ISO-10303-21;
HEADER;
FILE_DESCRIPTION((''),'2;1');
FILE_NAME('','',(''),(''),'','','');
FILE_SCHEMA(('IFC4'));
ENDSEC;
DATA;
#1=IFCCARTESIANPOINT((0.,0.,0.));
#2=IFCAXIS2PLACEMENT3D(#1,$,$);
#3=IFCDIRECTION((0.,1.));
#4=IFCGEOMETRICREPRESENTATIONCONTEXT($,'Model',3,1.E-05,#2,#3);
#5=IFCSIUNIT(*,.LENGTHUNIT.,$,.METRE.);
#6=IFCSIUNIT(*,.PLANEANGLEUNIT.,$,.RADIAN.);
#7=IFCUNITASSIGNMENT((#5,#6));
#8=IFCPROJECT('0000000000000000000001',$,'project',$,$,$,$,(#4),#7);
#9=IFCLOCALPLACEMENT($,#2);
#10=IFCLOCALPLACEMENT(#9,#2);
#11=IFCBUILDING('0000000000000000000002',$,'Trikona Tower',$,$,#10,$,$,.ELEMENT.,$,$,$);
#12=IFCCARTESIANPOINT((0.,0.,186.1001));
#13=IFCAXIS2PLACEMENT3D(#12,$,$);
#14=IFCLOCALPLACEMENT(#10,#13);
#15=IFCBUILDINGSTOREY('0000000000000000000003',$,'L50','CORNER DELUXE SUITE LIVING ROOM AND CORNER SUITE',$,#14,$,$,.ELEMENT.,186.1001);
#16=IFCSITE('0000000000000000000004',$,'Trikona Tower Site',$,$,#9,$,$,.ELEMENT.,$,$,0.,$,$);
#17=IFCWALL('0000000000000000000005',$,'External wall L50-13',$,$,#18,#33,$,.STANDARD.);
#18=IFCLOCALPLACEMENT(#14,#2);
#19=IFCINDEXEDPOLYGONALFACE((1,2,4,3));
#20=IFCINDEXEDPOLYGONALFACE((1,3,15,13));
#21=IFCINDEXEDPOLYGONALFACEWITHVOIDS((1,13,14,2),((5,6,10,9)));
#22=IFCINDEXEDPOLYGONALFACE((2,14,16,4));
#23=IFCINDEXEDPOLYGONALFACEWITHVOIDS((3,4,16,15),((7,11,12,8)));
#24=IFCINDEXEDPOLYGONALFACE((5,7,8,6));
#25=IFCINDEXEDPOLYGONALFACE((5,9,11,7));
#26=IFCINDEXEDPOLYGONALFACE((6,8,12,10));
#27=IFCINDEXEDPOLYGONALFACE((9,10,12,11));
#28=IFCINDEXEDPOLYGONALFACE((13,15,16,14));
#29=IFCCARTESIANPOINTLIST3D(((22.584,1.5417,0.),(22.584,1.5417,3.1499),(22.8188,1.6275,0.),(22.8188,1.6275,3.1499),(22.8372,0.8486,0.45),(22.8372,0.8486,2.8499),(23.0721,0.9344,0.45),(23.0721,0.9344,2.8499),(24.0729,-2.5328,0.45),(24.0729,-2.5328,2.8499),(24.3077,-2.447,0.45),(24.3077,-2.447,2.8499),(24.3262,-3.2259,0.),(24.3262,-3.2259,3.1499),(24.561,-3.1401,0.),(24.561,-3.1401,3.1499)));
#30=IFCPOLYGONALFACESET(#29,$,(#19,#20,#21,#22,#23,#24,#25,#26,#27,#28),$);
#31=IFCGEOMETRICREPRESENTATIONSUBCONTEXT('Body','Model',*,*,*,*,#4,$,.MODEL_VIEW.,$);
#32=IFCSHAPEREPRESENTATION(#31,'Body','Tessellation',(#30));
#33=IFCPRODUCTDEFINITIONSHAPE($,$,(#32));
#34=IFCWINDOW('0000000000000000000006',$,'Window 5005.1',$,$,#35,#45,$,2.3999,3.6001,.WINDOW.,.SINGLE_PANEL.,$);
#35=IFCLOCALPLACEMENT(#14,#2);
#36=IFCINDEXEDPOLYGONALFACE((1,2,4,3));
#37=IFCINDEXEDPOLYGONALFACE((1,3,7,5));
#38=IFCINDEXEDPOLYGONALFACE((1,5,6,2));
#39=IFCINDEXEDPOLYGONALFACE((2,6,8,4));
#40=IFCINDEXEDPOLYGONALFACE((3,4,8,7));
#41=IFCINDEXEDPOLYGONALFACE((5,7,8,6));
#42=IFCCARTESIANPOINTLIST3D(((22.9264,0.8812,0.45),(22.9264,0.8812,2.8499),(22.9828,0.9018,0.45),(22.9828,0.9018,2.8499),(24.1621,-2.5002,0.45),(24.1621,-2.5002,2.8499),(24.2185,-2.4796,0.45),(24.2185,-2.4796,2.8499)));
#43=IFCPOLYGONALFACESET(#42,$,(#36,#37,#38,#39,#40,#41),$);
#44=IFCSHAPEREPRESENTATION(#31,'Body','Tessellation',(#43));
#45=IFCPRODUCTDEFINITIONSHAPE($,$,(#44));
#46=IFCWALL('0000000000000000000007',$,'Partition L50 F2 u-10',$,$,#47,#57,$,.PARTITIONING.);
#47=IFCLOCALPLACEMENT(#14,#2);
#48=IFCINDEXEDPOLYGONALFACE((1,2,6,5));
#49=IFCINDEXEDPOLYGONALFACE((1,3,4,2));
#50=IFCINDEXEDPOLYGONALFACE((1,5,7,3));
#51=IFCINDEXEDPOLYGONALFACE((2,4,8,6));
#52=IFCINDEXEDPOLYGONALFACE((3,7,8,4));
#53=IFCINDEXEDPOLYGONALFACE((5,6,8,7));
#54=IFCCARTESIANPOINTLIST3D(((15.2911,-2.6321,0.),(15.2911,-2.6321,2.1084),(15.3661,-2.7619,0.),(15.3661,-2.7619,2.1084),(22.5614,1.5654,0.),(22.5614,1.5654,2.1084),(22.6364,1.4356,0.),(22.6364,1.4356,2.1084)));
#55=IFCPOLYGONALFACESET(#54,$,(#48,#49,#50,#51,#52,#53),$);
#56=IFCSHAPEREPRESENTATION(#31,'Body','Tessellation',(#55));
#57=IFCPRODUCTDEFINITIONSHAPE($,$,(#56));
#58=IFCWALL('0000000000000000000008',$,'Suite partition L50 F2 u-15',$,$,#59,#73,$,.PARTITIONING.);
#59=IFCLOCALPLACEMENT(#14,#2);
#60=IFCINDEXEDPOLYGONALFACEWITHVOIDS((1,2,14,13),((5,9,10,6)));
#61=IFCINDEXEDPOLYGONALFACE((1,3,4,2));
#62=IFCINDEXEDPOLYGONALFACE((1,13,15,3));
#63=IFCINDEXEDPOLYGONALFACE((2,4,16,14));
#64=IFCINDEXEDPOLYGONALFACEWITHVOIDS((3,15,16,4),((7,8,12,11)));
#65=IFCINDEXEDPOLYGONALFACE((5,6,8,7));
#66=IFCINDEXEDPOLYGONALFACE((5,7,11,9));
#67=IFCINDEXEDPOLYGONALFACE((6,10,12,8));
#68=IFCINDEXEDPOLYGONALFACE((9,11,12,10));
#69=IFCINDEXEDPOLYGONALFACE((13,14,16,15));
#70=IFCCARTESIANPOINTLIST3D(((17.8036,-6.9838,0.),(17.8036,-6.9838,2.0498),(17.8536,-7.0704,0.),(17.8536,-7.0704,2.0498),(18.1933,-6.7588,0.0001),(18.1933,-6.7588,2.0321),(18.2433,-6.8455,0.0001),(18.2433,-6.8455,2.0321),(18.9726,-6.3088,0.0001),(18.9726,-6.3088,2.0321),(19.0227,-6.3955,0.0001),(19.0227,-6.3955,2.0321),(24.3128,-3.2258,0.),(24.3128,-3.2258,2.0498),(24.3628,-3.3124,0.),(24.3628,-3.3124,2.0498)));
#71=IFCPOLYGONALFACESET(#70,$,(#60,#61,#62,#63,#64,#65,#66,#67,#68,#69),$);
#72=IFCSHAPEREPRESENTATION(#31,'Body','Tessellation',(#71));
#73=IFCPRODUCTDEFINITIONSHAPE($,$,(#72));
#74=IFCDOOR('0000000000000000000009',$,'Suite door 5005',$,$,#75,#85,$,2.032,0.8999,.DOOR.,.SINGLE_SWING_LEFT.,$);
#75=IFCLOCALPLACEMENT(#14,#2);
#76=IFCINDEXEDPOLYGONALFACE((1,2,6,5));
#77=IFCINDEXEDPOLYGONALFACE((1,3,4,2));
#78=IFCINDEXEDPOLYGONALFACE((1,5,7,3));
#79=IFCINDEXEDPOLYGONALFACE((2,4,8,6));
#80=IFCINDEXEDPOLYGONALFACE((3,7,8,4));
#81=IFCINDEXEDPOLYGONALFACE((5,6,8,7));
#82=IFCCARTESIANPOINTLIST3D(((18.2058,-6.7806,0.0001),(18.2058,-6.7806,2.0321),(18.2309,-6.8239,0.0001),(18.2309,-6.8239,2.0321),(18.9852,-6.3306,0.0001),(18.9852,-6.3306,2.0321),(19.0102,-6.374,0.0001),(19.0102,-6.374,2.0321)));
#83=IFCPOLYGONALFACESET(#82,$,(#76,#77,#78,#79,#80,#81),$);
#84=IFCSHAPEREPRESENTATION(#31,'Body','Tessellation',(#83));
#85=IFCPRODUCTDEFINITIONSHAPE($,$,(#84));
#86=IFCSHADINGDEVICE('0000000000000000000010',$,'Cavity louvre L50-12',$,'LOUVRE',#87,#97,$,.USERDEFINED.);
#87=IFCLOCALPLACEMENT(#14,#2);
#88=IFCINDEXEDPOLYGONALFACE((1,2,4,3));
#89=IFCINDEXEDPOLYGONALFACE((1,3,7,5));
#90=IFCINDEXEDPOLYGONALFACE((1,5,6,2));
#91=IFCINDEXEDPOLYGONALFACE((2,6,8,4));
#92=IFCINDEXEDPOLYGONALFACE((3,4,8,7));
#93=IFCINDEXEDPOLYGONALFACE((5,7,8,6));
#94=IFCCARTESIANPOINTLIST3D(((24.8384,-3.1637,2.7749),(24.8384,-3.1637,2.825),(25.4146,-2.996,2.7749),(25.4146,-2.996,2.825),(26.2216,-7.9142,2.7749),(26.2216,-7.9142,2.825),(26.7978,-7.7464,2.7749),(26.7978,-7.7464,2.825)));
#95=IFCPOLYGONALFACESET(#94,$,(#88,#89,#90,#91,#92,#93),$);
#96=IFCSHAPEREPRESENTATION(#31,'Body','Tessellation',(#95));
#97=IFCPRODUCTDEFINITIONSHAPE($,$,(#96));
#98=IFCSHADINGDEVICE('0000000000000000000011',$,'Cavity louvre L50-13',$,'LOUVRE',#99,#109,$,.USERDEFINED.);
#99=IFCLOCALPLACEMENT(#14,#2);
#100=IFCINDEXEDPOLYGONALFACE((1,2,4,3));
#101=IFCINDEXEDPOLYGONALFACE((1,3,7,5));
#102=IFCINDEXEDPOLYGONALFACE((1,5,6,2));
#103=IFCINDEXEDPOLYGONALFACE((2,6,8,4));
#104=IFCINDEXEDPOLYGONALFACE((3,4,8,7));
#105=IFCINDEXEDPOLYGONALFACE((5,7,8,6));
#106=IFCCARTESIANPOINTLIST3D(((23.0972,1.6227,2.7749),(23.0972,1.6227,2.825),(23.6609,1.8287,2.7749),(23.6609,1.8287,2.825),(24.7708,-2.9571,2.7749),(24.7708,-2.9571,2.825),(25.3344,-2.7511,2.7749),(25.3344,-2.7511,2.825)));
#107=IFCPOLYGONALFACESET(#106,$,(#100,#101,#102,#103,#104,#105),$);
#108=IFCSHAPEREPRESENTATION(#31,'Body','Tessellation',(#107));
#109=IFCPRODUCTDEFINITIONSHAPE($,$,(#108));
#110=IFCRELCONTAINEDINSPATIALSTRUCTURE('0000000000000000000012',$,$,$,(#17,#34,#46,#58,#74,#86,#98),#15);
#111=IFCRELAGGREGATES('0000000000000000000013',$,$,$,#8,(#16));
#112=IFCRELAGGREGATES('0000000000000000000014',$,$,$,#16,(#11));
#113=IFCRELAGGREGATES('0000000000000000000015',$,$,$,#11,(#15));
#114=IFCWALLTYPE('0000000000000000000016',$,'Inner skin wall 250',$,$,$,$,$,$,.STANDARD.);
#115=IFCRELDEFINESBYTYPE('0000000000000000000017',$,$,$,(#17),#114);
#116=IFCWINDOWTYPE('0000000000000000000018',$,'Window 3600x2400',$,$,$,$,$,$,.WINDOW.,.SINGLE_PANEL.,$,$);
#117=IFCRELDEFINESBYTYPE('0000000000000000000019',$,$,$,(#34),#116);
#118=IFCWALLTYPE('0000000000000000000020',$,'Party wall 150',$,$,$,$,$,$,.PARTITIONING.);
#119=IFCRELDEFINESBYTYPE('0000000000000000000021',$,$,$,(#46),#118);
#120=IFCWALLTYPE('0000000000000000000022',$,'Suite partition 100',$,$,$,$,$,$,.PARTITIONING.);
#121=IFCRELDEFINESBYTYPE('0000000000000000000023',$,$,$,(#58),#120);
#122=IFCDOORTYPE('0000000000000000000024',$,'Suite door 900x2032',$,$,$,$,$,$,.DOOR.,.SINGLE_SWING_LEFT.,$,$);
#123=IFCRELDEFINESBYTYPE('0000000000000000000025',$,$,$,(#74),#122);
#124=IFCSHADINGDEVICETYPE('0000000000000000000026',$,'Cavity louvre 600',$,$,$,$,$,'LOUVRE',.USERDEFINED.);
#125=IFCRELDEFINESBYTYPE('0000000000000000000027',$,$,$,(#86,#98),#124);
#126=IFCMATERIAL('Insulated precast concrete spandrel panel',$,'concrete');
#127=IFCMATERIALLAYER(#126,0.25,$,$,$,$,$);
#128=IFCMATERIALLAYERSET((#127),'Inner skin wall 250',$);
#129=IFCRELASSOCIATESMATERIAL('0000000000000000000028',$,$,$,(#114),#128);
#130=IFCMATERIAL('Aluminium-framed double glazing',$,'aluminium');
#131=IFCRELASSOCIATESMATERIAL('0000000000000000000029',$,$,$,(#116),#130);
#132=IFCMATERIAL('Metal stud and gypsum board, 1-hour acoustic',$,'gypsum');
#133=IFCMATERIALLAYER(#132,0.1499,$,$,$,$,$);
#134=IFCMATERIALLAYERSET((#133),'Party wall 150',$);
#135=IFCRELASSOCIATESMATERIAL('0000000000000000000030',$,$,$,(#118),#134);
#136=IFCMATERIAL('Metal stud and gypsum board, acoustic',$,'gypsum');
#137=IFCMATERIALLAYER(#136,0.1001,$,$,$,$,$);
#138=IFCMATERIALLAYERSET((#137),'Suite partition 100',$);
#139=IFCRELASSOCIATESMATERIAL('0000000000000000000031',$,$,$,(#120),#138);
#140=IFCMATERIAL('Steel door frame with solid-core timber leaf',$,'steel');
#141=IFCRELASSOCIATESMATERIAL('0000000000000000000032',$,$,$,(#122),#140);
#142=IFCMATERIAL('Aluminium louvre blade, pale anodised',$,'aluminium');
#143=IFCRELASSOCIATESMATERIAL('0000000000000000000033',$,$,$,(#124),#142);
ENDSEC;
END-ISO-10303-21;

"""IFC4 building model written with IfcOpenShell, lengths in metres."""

from ifc_helpers import new_model, si_unit, direction, frame, frame_2d, origin, origin_2d, place, context, subcontext, project, spatial, rectangle, extrude, material, layer, layer_set, type_object, element, fill, save


model = new_model("IFC4")

# Units and contexts
model_context = context("Model", 3, precision=1e-05, world=origin(), true_north=direction((0.0, 1.0)))
body_context = subcontext(model_context, "Body", "Model", "MODEL_VIEW")
ifc_project = project(units=[si_unit("LENGTHUNIT", "METRE"), si_unit("PLANEANGLEUNIT", "RADIAN")], contexts=[model_context])

# Site, building, storey
site_placement = place(None, origin())
site = spatial("IfcSite", under=ifc_project, at=site_placement, Name="Trikona Tower Site", CompositionType="ELEMENT", RefElevation=0.0)
building_placement = place(site_placement, origin())
building = spatial("IfcBuilding", under=site, at=building_placement, Name="Trikona Tower", CompositionType="ELEMENT")
storey_placement = place(building_placement, frame((0.0, 0.0, 186.1001)))
storey = spatial("IfcBuildingStorey", under=building, at=storey_placement, Name="L50", Description="CORNER DELUXE SUITE LIVING ROOM AND CORNER SUITE", CompositionType="ELEMENT", Elevation=186.1001)

# Wall, opening, window
ifc_material_1 = material(Name="Insulated precast concrete spandrel panel", Category="concrete")
ifc_layer_1 = layer(ifc_material_1, 0.25)
ifc_layer_set_1 = layer_set([ifc_layer_1], Name="Inner skin wall 250")
wall_type_1 = type_object("IfcWallType", Name="Inner skin wall 250", PredefinedType="STANDARD", material=ifc_layer_set_1)
ifc_material_2 = material(Name="Aluminium-framed double glazing", Category="aluminium")
window_type = type_object("IfcWindowType", Name="Window 3600x2400", PartitioningType="SINGLE_PANEL", PredefinedType="WINDOW", material=ifc_material_2)
wall_1_placement = place(storey_placement, frame((24.4436, -3.1831, 0.0), z_axis=(0.0, 0.0, 1.0), x_axis=(-0.343226, 0.939253, 0.0)))
wall_1 = element("IfcWall", 1, at=wall_1_placement, inside=storey, type_object=wall_type_1, Name="External wall L50-13", PredefinedType="STANDARD", context=body_context, shape_type="SweptSolid", body=[
    extrude(rectangle(XDim=5.0759, YDim=0.25, at=frame_2d((2.5381, 0.0))), origin(), (0.0, 0.0, 1.0), 3.1499),
])
opening_1_placement = place(wall_1_placement, frame((0.738, 0.0, 0.45)))
opening_1 = element("IfcOpeningElement", 2, at=opening_1_placement, cuts=wall_1, PredefinedType="OPENING", context=body_context, shape_type="SweptSolid", body=[
    extrude(rectangle(XDim=3.6001, YDim=2.3999, at=frame_2d((1.8, 1.2))), frame((0.0, 0.135, 0.0), z_axis=(0.0, -1.0, 0.0), x_axis=(1.0, 0.0, 0.0)), (0.0, 0.0, 1.0), 0.27),
])
window_1_placement = place(opening_1_placement, origin())
window_1 = element("IfcWindow", 3, at=window_1_placement, inside=storey, type_object=window_type, Name="Window 5005.1", OverallHeight=2.3999, OverallWidth=3.6001, PartitioningType="SINGLE_PANEL", PredefinedType="WINDOW", context=body_context, shape_type="SweptSolid", body=[
    extrude(rectangle(XDim=3.6001, YDim=2.3999, at=frame_2d((1.8, 1.2))), frame((0.0, 0.03, 0.0), z_axis=(0.0, -1.0, 0.0), x_axis=(1.0, 0.0, 0.0)), (0.0, 0.0, 1.0), 0.0601),
])
fill(opening_1, window_1)

# Wall
ifc_material_3 = material(Name="Metal stud and gypsum board, 1-hour acoustic", Category="gypsum")
ifc_layer_2 = layer(ifc_material_3, 0.1499)
ifc_layer_set_2 = layer_set([ifc_layer_2], Name="Party wall 150")
wall_type_2 = type_object("IfcWallType", Name="Party wall 150", PredefinedType="PARTITIONING", material=ifc_layer_set_2)
wall_2_placement = place(storey_placement, frame((15.3286, -2.697, 0.0), z_axis=(0.0, 0.0, 1.0), x_axis=(0.866024, 0.500002, 0.0)))
element("IfcWall", 4, at=wall_2_placement, inside=storey, type_object=wall_type_2, Name="Partition L50 F2 u-10", PredefinedType="PARTITIONING", context=body_context, shape_type="SweptSolid", body=[
    extrude(rectangle(XDim=8.395, YDim=0.1499, at=frame_2d((4.1975, 0.0))), origin(), (0.0, 0.0, 1.0), 2.1084),
])

# Wall, opening, door
ifc_material_4 = material(Name="Metal stud and gypsum board, acoustic", Category="gypsum")
ifc_layer_3 = layer(ifc_material_4, 0.1001)
ifc_layer_set_3 = layer_set([ifc_layer_3], Name="Suite partition 100")
wall_type_3 = type_object("IfcWallType", Name="Suite partition 100", PredefinedType="PARTITIONING", material=ifc_layer_set_3)
wall_3_placement = place(storey_placement, frame((17.8286, -7.0271, 0.0), z_axis=(0.0, 0.0, 1.0), x_axis=(0.86603, 0.499992, 0.0)))
wall_3 = element("IfcWall", 5, at=wall_3_placement, inside=storey, type_object=wall_type_3, Name="Suite partition L50 F2 u-15", PredefinedType="PARTITIONING", context=body_context, shape_type="SweptSolid", body=[
    extrude(rectangle(XDim=7.5161, YDim=0.1001, at=frame_2d((3.7581, 0.0))), origin(), (0.0, 0.0, 1.0), 2.0498),
])
opening_2_placement = place(wall_3_placement, frame((0.45, 0.0, 0.0)))
opening_2 = element("IfcOpeningElement", 6, at=opening_2_placement, cuts=wall_3, PredefinedType="OPENING", context=body_context, shape_type="SweptSolid", body=[
    extrude(rectangle(XDim=0.8999, YDim=2.032, at=frame_2d((0.45, 1.0161))), frame((0.0, 0.0601, 0.0), z_axis=(0.0, -1.0, 0.0), x_axis=(1.0, 0.0, 0.0)), (0.0, 0.0, 1.0), 0.1201),
])
ifc_material_5 = material(Name="Steel door frame with solid-core timber leaf", Category="steel")
door_type_1 = type_object("IfcDoorType", Name="Suite door 900x2032", OperationType="SINGLE_SWING_LEFT", PredefinedType="DOOR", material=ifc_material_5)
door_1_placement = place(opening_2_placement, origin())
door_1 = element("IfcDoor", 7, at=door_1_placement, inside=storey, type_object=door_type_1, Name="Suite door 5005", OperationType="SINGLE_SWING_LEFT", OverallHeight=2.032, OverallWidth=0.8999, PredefinedType="DOOR", context=body_context, shape_type="SweptSolid", body=[
    extrude(rectangle(XDim=0.8999, YDim=2.032, at=frame_2d((0.45, 1.0161))), frame((0.0, 0.0249, 0.0), z_axis=(0.0, -1.0, 0.0), x_axis=(1.0, 0.0, 0.0)), (0.0, 0.0, 1.0), 0.05),
])
fill(opening_2, door_1)

# Shading devices
ifc_material_6 = material(Name="Aluminium louvre blade, pale anodised", Category="aluminium")
shading_device_type = type_object("IfcShadingDeviceType", Name="Cavity louvre 600", ElementType="LOUVRE", PredefinedType="USERDEFINED", material=ifc_material_6)
shading_device_1_placement = place(storey_placement, frame((25.8181, -5.4551, 2.7749), z_axis=(0.0, 0.0, 1.0), x_axis=(-0.279554, 0.96013, 0.0)))
element("IfcShadingDevice", 8, at=shading_device_1_placement, inside=storey, type_object=shading_device_type, Name="Cavity louvre L50-12", ObjectType="LOUVRE", PredefinedType="USERDEFINED", context=body_context, shape_type="SweptSolid", body=[
    extrude(rectangle(XDim=4.9478, YDim=0.6001, at=origin_2d()), origin(), (0.0, 0.0, 1.0), 0.05),
])
shading_device_2_placement = place(storey_placement, frame((24.2158, -0.5642, 2.7749), z_axis=(0.0, 0.0, 1.0), x_axis=(-0.34322, 0.939255, 0.0)))
element("IfcShadingDevice", 9, at=shading_device_2_placement, inside=storey, type_object=shading_device_type, Name="Cavity louvre L50-13", ObjectType="LOUVRE", PredefinedType="USERDEFINED", context=body_context, shape_type="SweptSolid", body=[
    extrude(rectangle(XDim=4.876, YDim=0.6001, at=origin_2d()), origin(), (0.0, 0.0, 1.0), 0.05),
])

save(model, "model.ifc")
